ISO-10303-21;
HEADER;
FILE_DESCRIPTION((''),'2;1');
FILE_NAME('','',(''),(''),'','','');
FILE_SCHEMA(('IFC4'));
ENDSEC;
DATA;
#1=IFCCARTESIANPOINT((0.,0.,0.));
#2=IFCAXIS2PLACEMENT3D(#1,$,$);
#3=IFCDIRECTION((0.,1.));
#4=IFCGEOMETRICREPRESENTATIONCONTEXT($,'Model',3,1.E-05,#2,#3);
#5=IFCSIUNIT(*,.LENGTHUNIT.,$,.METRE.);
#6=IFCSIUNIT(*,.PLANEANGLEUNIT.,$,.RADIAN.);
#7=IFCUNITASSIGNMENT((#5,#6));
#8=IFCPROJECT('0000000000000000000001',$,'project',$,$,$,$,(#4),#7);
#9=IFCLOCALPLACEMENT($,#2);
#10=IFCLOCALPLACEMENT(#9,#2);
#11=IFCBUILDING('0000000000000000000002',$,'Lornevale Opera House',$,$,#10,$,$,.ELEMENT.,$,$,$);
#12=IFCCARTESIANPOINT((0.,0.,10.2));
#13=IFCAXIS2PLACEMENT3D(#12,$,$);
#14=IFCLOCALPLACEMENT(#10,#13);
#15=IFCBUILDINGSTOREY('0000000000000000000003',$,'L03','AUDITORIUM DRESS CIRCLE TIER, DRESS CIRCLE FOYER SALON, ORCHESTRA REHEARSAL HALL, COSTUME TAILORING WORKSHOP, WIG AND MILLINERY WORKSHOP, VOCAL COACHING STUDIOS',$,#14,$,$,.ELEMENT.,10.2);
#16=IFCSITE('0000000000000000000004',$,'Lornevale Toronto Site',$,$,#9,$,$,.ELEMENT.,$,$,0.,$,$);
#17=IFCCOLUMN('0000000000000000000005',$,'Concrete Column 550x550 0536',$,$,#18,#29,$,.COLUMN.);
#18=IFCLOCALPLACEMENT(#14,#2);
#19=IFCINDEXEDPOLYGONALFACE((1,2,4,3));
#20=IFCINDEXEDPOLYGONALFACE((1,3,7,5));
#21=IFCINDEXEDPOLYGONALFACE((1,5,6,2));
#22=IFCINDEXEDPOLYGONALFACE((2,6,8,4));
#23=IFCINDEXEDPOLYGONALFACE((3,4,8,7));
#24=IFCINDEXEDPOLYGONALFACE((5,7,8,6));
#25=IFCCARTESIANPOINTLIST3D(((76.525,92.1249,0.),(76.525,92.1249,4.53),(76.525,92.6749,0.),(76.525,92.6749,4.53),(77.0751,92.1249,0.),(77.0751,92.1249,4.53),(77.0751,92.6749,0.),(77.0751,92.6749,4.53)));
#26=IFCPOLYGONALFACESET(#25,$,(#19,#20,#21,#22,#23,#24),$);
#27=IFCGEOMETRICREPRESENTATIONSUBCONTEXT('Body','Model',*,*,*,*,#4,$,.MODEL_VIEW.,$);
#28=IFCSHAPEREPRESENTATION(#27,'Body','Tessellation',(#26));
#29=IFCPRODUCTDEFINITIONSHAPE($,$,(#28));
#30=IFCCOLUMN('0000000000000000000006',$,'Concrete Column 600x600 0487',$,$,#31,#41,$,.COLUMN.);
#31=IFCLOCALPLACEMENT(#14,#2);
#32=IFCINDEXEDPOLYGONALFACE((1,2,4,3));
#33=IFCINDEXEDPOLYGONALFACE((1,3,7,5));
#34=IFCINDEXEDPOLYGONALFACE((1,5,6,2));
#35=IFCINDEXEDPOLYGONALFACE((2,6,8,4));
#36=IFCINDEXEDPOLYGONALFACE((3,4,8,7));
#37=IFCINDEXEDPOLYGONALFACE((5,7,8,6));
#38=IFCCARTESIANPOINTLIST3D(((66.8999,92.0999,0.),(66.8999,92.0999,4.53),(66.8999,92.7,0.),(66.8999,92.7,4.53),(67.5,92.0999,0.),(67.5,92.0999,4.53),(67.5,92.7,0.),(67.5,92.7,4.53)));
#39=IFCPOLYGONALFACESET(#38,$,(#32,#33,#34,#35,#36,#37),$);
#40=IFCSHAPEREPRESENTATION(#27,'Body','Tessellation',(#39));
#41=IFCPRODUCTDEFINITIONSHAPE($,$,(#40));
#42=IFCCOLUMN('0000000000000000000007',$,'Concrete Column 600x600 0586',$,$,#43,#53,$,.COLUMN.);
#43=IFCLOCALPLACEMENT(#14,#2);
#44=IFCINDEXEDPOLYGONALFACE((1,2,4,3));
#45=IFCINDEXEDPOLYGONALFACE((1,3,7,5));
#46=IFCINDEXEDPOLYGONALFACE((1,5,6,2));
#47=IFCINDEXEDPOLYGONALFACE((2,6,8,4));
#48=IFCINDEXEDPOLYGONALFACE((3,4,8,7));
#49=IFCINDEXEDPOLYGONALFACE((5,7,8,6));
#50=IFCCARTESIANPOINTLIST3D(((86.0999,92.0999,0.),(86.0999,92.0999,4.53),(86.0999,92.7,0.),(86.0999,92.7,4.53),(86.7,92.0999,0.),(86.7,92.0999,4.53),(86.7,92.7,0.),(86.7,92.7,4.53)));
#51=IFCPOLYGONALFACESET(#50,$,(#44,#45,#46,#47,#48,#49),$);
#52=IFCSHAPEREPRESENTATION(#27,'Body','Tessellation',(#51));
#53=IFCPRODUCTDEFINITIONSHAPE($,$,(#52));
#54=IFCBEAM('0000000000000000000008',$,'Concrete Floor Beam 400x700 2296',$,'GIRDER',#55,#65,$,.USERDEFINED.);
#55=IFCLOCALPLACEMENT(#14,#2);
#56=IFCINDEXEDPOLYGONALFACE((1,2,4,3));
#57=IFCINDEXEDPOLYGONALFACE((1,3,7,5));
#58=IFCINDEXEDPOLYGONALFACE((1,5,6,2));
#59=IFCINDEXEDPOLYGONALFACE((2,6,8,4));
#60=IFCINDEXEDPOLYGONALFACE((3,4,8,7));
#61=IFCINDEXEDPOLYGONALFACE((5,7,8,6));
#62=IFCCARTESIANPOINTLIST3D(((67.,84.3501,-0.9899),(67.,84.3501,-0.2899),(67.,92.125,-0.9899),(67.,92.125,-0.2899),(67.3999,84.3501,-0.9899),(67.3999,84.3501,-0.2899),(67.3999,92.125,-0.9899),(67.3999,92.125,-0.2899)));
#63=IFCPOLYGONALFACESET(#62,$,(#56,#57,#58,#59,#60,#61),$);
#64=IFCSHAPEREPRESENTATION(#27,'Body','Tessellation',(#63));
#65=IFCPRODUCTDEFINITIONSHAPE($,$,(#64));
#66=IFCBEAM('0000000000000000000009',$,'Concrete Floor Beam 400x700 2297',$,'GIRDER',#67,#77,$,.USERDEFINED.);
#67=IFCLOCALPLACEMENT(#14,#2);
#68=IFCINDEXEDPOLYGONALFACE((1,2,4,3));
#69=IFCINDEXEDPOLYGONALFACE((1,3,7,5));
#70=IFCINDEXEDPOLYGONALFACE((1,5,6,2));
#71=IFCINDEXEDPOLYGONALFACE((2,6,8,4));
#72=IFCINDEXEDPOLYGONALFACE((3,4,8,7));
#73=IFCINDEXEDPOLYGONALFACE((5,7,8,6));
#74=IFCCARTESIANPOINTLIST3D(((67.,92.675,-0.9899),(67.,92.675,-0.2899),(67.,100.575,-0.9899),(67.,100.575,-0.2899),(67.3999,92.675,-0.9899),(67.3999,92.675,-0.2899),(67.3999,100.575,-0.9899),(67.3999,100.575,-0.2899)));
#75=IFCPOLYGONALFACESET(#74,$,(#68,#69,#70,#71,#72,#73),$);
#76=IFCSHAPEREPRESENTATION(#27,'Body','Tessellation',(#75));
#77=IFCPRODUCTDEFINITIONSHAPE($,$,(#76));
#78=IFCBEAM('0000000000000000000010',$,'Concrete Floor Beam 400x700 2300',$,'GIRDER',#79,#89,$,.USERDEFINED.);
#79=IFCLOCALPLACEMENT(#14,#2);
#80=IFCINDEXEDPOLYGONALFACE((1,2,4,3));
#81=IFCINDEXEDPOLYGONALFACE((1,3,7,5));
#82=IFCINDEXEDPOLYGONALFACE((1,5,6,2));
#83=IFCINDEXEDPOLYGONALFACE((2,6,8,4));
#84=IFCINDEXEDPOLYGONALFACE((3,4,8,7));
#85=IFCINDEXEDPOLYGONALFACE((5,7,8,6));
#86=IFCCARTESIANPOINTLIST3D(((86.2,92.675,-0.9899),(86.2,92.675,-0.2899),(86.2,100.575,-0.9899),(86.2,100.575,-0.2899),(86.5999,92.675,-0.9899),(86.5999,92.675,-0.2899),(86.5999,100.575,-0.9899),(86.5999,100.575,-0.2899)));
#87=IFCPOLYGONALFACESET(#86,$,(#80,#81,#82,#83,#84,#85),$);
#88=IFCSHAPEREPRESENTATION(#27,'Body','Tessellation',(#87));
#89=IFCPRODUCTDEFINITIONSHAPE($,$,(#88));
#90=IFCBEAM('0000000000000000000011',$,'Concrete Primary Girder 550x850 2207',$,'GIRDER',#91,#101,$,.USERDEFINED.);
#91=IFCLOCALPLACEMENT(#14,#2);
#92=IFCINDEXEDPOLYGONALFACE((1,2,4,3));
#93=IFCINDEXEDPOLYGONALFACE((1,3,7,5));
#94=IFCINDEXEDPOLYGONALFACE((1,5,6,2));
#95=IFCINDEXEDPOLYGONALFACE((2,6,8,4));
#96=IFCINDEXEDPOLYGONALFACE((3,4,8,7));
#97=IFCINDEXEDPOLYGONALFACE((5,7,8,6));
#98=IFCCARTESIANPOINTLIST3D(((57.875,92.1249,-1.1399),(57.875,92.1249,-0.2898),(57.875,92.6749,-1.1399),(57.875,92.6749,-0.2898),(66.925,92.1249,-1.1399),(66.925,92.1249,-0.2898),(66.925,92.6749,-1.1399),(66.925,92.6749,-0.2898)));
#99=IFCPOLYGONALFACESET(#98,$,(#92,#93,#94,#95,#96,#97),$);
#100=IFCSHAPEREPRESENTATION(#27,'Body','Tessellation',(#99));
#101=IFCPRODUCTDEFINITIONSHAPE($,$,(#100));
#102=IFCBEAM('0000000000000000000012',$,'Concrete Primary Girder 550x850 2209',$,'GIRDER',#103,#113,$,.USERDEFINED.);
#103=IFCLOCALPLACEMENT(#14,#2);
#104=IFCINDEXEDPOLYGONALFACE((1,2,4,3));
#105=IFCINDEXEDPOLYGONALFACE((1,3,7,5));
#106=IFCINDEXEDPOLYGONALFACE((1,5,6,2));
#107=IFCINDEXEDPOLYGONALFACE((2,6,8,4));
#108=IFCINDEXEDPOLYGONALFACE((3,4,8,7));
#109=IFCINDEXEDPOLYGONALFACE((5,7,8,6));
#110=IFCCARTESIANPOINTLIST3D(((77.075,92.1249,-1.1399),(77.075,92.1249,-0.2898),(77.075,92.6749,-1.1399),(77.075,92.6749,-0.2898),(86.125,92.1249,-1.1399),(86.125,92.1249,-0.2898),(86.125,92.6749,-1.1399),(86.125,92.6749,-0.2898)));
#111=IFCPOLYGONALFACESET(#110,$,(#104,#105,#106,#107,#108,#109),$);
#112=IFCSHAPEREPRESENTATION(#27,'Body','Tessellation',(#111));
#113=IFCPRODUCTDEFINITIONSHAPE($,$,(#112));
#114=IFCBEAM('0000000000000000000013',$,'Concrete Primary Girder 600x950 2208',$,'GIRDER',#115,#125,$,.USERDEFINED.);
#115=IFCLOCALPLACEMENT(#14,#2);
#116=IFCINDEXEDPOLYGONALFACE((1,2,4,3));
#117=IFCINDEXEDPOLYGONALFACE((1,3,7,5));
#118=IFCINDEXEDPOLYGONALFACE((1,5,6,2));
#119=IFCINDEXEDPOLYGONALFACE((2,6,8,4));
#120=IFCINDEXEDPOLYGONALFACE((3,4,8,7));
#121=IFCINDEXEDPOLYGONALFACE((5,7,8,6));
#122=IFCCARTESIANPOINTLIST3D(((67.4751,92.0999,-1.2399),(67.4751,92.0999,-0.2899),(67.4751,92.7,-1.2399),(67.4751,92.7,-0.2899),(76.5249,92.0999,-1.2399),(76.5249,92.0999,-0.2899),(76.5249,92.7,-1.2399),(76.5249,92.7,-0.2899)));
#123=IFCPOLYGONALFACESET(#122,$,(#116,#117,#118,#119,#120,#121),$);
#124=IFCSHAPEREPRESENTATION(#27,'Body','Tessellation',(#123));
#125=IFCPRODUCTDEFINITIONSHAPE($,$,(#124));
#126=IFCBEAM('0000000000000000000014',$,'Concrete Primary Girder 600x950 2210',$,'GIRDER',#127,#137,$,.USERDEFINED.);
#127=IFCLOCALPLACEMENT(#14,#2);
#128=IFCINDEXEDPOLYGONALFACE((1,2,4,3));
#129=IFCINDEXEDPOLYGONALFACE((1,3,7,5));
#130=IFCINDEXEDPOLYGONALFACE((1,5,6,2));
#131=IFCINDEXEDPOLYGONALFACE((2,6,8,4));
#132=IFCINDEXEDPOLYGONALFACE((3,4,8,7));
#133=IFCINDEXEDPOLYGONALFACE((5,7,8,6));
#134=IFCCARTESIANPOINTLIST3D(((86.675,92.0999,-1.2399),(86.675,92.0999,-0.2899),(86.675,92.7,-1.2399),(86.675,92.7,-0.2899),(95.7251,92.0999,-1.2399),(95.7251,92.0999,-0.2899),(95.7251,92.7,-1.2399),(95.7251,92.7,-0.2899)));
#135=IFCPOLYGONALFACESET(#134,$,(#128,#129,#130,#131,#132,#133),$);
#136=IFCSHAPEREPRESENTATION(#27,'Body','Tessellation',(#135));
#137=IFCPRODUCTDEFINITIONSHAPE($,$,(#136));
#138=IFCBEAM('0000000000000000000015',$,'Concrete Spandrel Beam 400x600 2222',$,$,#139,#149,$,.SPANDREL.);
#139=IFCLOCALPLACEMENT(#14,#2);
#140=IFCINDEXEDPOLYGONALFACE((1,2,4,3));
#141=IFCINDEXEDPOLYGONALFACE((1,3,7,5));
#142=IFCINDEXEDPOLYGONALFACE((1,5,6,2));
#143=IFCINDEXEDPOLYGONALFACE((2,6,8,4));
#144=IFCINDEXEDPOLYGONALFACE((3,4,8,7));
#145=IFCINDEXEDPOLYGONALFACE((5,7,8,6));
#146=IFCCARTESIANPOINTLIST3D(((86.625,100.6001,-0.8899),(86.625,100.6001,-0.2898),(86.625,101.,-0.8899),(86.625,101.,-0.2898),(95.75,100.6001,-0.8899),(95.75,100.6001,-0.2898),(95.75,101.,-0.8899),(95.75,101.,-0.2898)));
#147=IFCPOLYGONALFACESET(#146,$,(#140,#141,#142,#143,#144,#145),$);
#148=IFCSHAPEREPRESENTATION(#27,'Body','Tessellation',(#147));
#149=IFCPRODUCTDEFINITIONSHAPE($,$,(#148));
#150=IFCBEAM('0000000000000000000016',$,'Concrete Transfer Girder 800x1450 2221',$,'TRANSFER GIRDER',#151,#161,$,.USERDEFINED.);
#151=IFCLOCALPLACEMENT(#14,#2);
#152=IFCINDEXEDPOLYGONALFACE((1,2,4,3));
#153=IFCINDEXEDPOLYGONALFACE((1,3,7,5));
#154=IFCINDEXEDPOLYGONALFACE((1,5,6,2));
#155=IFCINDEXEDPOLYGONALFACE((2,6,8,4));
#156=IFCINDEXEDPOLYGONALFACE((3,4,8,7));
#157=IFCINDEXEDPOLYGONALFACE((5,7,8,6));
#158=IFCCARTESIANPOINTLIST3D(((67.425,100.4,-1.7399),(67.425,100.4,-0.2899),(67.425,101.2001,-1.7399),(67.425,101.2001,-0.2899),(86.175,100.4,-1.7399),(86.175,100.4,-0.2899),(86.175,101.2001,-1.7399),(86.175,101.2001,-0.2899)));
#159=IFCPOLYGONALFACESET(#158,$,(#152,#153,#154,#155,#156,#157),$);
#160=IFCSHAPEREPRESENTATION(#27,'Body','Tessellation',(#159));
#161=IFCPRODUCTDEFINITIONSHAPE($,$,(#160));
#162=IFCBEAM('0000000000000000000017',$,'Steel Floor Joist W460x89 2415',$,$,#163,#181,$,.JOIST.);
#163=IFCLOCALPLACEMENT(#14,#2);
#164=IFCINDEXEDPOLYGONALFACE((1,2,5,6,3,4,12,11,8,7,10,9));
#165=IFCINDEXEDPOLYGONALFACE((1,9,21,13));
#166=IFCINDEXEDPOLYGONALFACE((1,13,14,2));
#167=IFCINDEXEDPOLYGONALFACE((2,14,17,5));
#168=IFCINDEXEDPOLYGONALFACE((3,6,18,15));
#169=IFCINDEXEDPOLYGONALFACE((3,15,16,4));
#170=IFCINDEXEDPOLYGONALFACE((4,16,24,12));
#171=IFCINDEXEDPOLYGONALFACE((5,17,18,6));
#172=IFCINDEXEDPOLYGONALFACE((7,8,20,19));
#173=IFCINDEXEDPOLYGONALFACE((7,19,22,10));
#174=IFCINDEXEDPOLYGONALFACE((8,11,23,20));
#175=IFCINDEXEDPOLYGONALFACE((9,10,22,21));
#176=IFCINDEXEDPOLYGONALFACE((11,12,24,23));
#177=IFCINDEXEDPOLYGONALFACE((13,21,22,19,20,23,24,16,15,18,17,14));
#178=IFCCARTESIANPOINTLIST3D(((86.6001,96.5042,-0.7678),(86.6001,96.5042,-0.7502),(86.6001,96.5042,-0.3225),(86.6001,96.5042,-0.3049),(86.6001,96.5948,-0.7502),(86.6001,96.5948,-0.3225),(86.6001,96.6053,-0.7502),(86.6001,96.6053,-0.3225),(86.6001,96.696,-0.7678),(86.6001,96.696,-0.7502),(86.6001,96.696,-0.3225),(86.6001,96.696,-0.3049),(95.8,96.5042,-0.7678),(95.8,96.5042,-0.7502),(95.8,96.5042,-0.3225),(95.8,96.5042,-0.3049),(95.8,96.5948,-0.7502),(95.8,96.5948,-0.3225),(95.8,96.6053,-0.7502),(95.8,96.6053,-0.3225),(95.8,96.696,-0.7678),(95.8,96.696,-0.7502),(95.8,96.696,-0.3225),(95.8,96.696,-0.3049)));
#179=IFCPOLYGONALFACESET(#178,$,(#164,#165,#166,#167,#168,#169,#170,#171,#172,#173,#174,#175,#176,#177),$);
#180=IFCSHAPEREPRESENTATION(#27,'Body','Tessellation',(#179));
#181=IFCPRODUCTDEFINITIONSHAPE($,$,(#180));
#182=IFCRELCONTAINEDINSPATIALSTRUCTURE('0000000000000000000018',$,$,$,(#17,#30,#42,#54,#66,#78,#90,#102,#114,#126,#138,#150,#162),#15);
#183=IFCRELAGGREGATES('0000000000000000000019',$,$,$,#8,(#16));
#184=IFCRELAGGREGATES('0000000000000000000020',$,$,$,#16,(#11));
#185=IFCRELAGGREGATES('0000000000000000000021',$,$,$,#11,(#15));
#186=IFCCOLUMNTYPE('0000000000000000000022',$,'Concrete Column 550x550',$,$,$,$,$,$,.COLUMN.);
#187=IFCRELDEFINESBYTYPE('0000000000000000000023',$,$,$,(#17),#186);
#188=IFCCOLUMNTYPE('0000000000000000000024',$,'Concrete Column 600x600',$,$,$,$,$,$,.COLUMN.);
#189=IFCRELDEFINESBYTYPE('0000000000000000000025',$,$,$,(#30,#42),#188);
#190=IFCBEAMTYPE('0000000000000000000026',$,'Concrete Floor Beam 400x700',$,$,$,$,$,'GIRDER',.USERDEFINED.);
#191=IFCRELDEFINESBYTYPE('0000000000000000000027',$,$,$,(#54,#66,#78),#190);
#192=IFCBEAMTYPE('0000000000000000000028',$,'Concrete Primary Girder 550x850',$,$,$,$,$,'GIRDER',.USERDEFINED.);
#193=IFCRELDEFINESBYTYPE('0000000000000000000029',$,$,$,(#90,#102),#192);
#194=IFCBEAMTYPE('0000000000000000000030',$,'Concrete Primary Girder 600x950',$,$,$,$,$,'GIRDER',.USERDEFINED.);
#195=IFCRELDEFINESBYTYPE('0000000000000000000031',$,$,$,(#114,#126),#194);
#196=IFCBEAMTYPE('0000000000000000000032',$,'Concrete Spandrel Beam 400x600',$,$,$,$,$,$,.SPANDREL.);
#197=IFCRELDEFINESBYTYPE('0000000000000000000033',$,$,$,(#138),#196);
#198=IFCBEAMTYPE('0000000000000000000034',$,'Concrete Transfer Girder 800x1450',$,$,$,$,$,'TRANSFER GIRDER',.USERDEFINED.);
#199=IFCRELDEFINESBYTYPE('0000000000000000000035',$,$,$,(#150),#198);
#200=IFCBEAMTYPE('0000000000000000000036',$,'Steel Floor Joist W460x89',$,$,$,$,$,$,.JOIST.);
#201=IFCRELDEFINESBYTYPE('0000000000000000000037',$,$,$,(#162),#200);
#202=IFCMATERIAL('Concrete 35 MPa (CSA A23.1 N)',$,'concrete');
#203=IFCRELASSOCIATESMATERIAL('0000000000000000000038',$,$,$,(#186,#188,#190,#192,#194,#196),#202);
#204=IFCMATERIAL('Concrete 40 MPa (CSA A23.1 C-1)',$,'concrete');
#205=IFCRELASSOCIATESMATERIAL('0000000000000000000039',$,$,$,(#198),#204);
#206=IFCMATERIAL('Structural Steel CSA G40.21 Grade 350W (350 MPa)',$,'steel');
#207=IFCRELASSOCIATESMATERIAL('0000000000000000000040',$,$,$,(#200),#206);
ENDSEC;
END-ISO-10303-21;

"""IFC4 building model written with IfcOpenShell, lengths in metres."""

from ifc_helpers import new_model, si_unit, direction, frame, origin, origin_2d, place, context, subcontext, project, spatial, rectangle, i_section, extrude, material, material_profile, profile_set, type_object, element, save


model = new_model("IFC4")

# Units and contexts
model_context = context("Model", 3, precision=1e-05, world=origin(), true_north=direction((0.0, 1.0)))
body_context = subcontext(model_context, "Body", "Model", "MODEL_VIEW")
ifc_project = project(units=[si_unit("LENGTHUNIT", "METRE"), si_unit("PLANEANGLEUNIT", "RADIAN")], contexts=[model_context])

# Site, building, storey
site_placement = place(None, origin())
site = spatial("IfcSite", under=ifc_project, at=site_placement, Name="Lornevale Toronto Site", CompositionType="ELEMENT", RefElevation=0.0)
building_placement = place(site_placement, origin())
building = spatial("IfcBuilding", under=site, at=building_placement, Name="Lornevale Opera House", CompositionType="ELEMENT")
storey_placement = place(building_placement, frame((0.0, 0.0, 10.2)))
storey = spatial("IfcBuildingStorey", under=building, at=storey_placement, Name="L03", Description="AUDITORIUM DRESS CIRCLE TIER, DRESS CIRCLE FOYER SALON, ORCHESTRA REHEARSAL HALL, COSTUME TAILORING WORKSHOP, WIG AND MILLINERY WORKSHOP, VOCAL COACHING STUDIOS", CompositionType="ELEMENT", Elevation=10.2)

# Columns
ifc_material_1 = material(Name="Concrete 35 MPa (CSA A23.1 N)", Category="concrete")
ifc_material_profile_1 = material_profile(ifc_material_1, rectangle(XDim=0.55, YDim=0.55, at=origin_2d()), Name="RC550x550")
ifc_profile_set_1 = profile_set([ifc_material_profile_1], Name="Concrete 35 MPa (CSA A23.1 N)")
column_type_1 = type_object("IfcColumnType", Name="Concrete Column 550x550", PredefinedType="COLUMN", material=ifc_profile_set_1)
column_placement = place(storey_placement, frame((76.8, 92.3999, 0.0), z_axis=(0.0, 0.0, 1.0), x_axis=(1.0, 0.0, 0.0)))
element("IfcColumn", 1, at=column_placement, inside=storey, type_object=column_type_1, Name="Concrete Column 550x550 0536", PredefinedType="COLUMN", context=body_context, shape_type="SweptSolid", body=[
    extrude(rectangle(XDim=0.55, YDim=0.55, at=origin_2d()), origin(), (0.0, 0.0, 1.0), 4.53),
])
ifc_material_profile_2 = material_profile(ifc_material_1, rectangle(XDim=0.6001, YDim=0.6001, at=origin_2d()), Name="RC600x600")
ifc_profile_set_2 = profile_set([ifc_material_profile_2], Name="Concrete 35 MPa (CSA A23.1 N)")
column_type_2 = type_object("IfcColumnType", Name="Concrete Column 600x600", PredefinedType="COLUMN", material=ifc_profile_set_2)
for number, where, z_axis, x_axis, name in (
    (2, (67.2, 92.3999, 0.0), (0.0, 0.0, 1.0), (1.0, 0.0, 0.0), "Concrete Column 600x600 0487"),
    (3, (86.3999, 92.3999, 0.0), (0.0, 0.0, 1.0), (1.0, 0.0, 0.0), "Concrete Column 600x600 0586"),
):
    element("IfcColumn", number, at=place(storey_placement, frame(where, z_axis=z_axis, x_axis=x_axis)), inside=storey, type_object=column_type_2, Name=name, PredefinedType="COLUMN", context=body_context, shape_type="SweptSolid", body=[
        extrude(rectangle(XDim=0.6001, YDim=0.6001, at=origin_2d()), origin(), (0.0, 0.0, 1.0), 4.53),
    ])

# Beams
ifc_material_profile_3 = material_profile(ifc_material_1, rectangle(XDim=0.3999, YDim=0.7, at=origin_2d()), Name="RC400x700")
ifc_profile_set_3 = profile_set([ifc_material_profile_3], Name="Concrete 35 MPa (CSA A23.1 N)")
beam_type_1 = type_object("IfcBeamType", Name="Concrete Floor Beam 400x700", ElementType="GIRDER", PredefinedType="USERDEFINED", material=ifc_profile_set_3)
beam_1_placement = place(storey_placement, frame((67.2, 84.3501, -0.6399), z_axis=(0.0, 1.0, 0.0), x_axis=(-1.0, 0.0, 0.0)))
element("IfcBeam", 4, at=beam_1_placement, inside=storey, type_object=beam_type_1, Name="Concrete Floor Beam 400x700 2296", ObjectType="GIRDER", PredefinedType="USERDEFINED", context=body_context, shape_type="SweptSolid", body=[
    extrude(rectangle(XDim=0.3999, YDim=0.7, at=origin_2d()), origin(), (0.0, 0.0, 1.0), 7.7749),
])
for number, where, z_axis, x_axis, name in (
    (5, (67.2, 92.675, -0.6399), (0.0, 1.0, 0.0), (-1.0, 0.0, 0.0), "Concrete Floor Beam 400x700 2297"),
    (6, (86.3999, 92.675, -0.6399), (0.0, 1.0, 0.0), (-1.0, 0.0, 0.0), "Concrete Floor Beam 400x700 2300"),
):
    element("IfcBeam", number, at=place(storey_placement, frame(where, z_axis=z_axis, x_axis=x_axis)), inside=storey, type_object=beam_type_1, Name=name, ObjectType="GIRDER", PredefinedType="USERDEFINED", context=body_context, shape_type="SweptSolid", body=[
        extrude(rectangle(XDim=0.3999, YDim=0.7, at=origin_2d()), origin(), (0.0, 0.0, 1.0), 7.8999),
    ])
ifc_material_profile_4 = material_profile(ifc_material_1, rectangle(XDim=0.55, YDim=0.8501, at=origin_2d()), Name="RC550x850")
ifc_profile_set_4 = profile_set([ifc_material_profile_4], Name="Concrete 35 MPa (CSA A23.1 N)")
beam_type_2 = type_object("IfcBeamType", Name="Concrete Primary Girder 550x850", ElementType="GIRDER", PredefinedType="USERDEFINED", material=ifc_profile_set_4)
for number, where, z_axis, x_axis, name in (
    (7, (57.875, 92.3999, -0.7148), (1.0, 0.0, 0.0), (0.0, 1.0, 0.0), "Concrete Primary Girder 550x850 2207"),
    (8, (77.075, 92.3999, -0.7148), (1.0, 0.0, 0.0), (0.0, 1.0, 0.0), "Concrete Primary Girder 550x850 2209"),
):
    element("IfcBeam", number, at=place(storey_placement, frame(where, z_axis=z_axis, x_axis=x_axis)), inside=storey, type_object=beam_type_2, Name=name, ObjectType="GIRDER", PredefinedType="USERDEFINED", context=body_context, shape_type="SweptSolid", body=[
        extrude(rectangle(XDim=0.55, YDim=0.8501, at=origin_2d()), origin(), (0.0, 0.0, 1.0), 9.05),
    ])
ifc_material_profile_5 = material_profile(ifc_material_1, rectangle(XDim=0.6001, YDim=0.95, at=origin_2d()), Name="RC600x950")
ifc_profile_set_5 = profile_set([ifc_material_profile_5], Name="Concrete 35 MPa (CSA A23.1 N)")
beam_type_3 = type_object("IfcBeamType", Name="Concrete Primary Girder 600x950", ElementType="GIRDER", PredefinedType="USERDEFINED", material=ifc_profile_set_5)
beam_2_placement = place(storey_placement, frame((67.4751, 92.3999, -0.7649), z_axis=(1.0, 0.0, 0.0), x_axis=(0.0, 1.0, 0.0)))
element("IfcBeam", 9, at=beam_2_placement, inside=storey, type_object=beam_type_3, Name="Concrete Primary Girder 600x950 2208", ObjectType="GIRDER", PredefinedType="USERDEFINED", context=body_context, shape_type="SweptSolid", body=[
    extrude(rectangle(XDim=0.6001, YDim=0.95, at=origin_2d()), origin(), (0.0, 0.0, 1.0), 9.0498),
])
beam_3_placement = place(storey_placement, frame((86.675, 92.3999, -0.7649), z_axis=(1.0, 0.0, 0.0), x_axis=(0.0, 1.0, 0.0)))
element("IfcBeam", 10, at=beam_3_placement, inside=storey, type_object=beam_type_3, Name="Concrete Primary Girder 600x950 2210", ObjectType="GIRDER", PredefinedType="USERDEFINED", context=body_context, shape_type="SweptSolid", body=[
    extrude(rectangle(XDim=0.6001, YDim=0.95, at=origin_2d()), origin(), (0.0, 0.0, 1.0), 9.05),
])
ifc_material_profile_6 = material_profile(ifc_material_1, rectangle(XDim=0.3999, YDim=0.6001, at=origin_2d()), Name="RC400x600")
ifc_profile_set_6 = profile_set([ifc_material_profile_6], Name="Concrete 35 MPa (CSA A23.1 N)")
beam_type_4 = type_object("IfcBeamType", Name="Concrete Spandrel Beam 400x600", PredefinedType="SPANDREL", material=ifc_profile_set_6)
beam_4_placement = place(storey_placement, frame((86.625, 100.8, -0.5898), z_axis=(1.0, 0.0, 0.0), x_axis=(0.0, 1.0, 0.0)))
element("IfcBeam", 11, at=beam_4_placement, inside=storey, type_object=beam_type_4, Name="Concrete Spandrel Beam 400x600 2222", PredefinedType="SPANDREL", context=body_context, shape_type="SweptSolid", body=[
    extrude(rectangle(XDim=0.3999, YDim=0.6001, at=origin_2d()), origin(), (0.0, 0.0, 1.0), 9.125),
])
ifc_material_2 = material(Name="Concrete 40 MPa (CSA A23.1 C-1)", Category="concrete")
ifc_material_profile_7 = material_profile(ifc_material_2, rectangle(XDim=0.8, YDim=1.45, at=origin_2d()), Name="RC800x1450")
ifc_profile_set_7 = profile_set([ifc_material_profile_7], Name="Concrete 40 MPa (CSA A23.1 C-1)")
beam_type_5 = type_object("IfcBeamType", Name="Concrete Transfer Girder 800x1450", ElementType="TRANSFER GIRDER", PredefinedType="USERDEFINED", material=ifc_profile_set_7)
beam_5_placement = place(storey_placement, frame((67.425, 100.8, -1.0149), z_axis=(1.0, 0.0, 0.0), x_axis=(0.0, 1.0, 0.0)))
element("IfcBeam", 12, at=beam_5_placement, inside=storey, type_object=beam_type_5, Name="Concrete Transfer Girder 800x1450 2221", ObjectType="TRANSFER GIRDER", PredefinedType="USERDEFINED", context=body_context, shape_type="SweptSolid", body=[
    extrude(rectangle(XDim=0.8, YDim=1.45, at=origin_2d()), origin(), (0.0, 0.0, 1.0), 18.75),
])
ifc_material_3 = material(Name="Structural Steel CSA G40.21 Grade 350W (350 MPa)", Category="steel")
ifc_material_profile_8 = material_profile(ifc_material_3, i_section(OverallWidth=0.1919, OverallDepth=0.4629, WebThickness=0.0105, FlangeThickness=0.0176, at=origin_2d()), Name="W460x89")
ifc_profile_set_8 = profile_set([ifc_material_profile_8], Name="Structural Steel CSA G40.21 Grade 350W (350 MPa)")
beam_type_6 = type_object("IfcBeamType", Name="Steel Floor Joist W460x89", PredefinedType="JOIST", material=ifc_profile_set_8)
beam_6_placement = place(storey_placement, frame((86.6001, 96.6001, -0.5364), z_axis=(1.0, 0.0, 0.0), x_axis=(0.0, 1.0, 0.0)))
element("IfcBeam", 13, at=beam_6_placement, inside=storey, type_object=beam_type_6, Name="Steel Floor Joist W460x89 2415", PredefinedType="JOIST", context=body_context, shape_type="SweptSolid", body=[
    extrude(i_section(OverallWidth=0.1919, OverallDepth=0.4629, WebThickness=0.0105, FlangeThickness=0.0176, at=origin_2d()), origin(), (0.0, 0.0, 1.0), 9.2),
])

save(model, "model.ifc")
